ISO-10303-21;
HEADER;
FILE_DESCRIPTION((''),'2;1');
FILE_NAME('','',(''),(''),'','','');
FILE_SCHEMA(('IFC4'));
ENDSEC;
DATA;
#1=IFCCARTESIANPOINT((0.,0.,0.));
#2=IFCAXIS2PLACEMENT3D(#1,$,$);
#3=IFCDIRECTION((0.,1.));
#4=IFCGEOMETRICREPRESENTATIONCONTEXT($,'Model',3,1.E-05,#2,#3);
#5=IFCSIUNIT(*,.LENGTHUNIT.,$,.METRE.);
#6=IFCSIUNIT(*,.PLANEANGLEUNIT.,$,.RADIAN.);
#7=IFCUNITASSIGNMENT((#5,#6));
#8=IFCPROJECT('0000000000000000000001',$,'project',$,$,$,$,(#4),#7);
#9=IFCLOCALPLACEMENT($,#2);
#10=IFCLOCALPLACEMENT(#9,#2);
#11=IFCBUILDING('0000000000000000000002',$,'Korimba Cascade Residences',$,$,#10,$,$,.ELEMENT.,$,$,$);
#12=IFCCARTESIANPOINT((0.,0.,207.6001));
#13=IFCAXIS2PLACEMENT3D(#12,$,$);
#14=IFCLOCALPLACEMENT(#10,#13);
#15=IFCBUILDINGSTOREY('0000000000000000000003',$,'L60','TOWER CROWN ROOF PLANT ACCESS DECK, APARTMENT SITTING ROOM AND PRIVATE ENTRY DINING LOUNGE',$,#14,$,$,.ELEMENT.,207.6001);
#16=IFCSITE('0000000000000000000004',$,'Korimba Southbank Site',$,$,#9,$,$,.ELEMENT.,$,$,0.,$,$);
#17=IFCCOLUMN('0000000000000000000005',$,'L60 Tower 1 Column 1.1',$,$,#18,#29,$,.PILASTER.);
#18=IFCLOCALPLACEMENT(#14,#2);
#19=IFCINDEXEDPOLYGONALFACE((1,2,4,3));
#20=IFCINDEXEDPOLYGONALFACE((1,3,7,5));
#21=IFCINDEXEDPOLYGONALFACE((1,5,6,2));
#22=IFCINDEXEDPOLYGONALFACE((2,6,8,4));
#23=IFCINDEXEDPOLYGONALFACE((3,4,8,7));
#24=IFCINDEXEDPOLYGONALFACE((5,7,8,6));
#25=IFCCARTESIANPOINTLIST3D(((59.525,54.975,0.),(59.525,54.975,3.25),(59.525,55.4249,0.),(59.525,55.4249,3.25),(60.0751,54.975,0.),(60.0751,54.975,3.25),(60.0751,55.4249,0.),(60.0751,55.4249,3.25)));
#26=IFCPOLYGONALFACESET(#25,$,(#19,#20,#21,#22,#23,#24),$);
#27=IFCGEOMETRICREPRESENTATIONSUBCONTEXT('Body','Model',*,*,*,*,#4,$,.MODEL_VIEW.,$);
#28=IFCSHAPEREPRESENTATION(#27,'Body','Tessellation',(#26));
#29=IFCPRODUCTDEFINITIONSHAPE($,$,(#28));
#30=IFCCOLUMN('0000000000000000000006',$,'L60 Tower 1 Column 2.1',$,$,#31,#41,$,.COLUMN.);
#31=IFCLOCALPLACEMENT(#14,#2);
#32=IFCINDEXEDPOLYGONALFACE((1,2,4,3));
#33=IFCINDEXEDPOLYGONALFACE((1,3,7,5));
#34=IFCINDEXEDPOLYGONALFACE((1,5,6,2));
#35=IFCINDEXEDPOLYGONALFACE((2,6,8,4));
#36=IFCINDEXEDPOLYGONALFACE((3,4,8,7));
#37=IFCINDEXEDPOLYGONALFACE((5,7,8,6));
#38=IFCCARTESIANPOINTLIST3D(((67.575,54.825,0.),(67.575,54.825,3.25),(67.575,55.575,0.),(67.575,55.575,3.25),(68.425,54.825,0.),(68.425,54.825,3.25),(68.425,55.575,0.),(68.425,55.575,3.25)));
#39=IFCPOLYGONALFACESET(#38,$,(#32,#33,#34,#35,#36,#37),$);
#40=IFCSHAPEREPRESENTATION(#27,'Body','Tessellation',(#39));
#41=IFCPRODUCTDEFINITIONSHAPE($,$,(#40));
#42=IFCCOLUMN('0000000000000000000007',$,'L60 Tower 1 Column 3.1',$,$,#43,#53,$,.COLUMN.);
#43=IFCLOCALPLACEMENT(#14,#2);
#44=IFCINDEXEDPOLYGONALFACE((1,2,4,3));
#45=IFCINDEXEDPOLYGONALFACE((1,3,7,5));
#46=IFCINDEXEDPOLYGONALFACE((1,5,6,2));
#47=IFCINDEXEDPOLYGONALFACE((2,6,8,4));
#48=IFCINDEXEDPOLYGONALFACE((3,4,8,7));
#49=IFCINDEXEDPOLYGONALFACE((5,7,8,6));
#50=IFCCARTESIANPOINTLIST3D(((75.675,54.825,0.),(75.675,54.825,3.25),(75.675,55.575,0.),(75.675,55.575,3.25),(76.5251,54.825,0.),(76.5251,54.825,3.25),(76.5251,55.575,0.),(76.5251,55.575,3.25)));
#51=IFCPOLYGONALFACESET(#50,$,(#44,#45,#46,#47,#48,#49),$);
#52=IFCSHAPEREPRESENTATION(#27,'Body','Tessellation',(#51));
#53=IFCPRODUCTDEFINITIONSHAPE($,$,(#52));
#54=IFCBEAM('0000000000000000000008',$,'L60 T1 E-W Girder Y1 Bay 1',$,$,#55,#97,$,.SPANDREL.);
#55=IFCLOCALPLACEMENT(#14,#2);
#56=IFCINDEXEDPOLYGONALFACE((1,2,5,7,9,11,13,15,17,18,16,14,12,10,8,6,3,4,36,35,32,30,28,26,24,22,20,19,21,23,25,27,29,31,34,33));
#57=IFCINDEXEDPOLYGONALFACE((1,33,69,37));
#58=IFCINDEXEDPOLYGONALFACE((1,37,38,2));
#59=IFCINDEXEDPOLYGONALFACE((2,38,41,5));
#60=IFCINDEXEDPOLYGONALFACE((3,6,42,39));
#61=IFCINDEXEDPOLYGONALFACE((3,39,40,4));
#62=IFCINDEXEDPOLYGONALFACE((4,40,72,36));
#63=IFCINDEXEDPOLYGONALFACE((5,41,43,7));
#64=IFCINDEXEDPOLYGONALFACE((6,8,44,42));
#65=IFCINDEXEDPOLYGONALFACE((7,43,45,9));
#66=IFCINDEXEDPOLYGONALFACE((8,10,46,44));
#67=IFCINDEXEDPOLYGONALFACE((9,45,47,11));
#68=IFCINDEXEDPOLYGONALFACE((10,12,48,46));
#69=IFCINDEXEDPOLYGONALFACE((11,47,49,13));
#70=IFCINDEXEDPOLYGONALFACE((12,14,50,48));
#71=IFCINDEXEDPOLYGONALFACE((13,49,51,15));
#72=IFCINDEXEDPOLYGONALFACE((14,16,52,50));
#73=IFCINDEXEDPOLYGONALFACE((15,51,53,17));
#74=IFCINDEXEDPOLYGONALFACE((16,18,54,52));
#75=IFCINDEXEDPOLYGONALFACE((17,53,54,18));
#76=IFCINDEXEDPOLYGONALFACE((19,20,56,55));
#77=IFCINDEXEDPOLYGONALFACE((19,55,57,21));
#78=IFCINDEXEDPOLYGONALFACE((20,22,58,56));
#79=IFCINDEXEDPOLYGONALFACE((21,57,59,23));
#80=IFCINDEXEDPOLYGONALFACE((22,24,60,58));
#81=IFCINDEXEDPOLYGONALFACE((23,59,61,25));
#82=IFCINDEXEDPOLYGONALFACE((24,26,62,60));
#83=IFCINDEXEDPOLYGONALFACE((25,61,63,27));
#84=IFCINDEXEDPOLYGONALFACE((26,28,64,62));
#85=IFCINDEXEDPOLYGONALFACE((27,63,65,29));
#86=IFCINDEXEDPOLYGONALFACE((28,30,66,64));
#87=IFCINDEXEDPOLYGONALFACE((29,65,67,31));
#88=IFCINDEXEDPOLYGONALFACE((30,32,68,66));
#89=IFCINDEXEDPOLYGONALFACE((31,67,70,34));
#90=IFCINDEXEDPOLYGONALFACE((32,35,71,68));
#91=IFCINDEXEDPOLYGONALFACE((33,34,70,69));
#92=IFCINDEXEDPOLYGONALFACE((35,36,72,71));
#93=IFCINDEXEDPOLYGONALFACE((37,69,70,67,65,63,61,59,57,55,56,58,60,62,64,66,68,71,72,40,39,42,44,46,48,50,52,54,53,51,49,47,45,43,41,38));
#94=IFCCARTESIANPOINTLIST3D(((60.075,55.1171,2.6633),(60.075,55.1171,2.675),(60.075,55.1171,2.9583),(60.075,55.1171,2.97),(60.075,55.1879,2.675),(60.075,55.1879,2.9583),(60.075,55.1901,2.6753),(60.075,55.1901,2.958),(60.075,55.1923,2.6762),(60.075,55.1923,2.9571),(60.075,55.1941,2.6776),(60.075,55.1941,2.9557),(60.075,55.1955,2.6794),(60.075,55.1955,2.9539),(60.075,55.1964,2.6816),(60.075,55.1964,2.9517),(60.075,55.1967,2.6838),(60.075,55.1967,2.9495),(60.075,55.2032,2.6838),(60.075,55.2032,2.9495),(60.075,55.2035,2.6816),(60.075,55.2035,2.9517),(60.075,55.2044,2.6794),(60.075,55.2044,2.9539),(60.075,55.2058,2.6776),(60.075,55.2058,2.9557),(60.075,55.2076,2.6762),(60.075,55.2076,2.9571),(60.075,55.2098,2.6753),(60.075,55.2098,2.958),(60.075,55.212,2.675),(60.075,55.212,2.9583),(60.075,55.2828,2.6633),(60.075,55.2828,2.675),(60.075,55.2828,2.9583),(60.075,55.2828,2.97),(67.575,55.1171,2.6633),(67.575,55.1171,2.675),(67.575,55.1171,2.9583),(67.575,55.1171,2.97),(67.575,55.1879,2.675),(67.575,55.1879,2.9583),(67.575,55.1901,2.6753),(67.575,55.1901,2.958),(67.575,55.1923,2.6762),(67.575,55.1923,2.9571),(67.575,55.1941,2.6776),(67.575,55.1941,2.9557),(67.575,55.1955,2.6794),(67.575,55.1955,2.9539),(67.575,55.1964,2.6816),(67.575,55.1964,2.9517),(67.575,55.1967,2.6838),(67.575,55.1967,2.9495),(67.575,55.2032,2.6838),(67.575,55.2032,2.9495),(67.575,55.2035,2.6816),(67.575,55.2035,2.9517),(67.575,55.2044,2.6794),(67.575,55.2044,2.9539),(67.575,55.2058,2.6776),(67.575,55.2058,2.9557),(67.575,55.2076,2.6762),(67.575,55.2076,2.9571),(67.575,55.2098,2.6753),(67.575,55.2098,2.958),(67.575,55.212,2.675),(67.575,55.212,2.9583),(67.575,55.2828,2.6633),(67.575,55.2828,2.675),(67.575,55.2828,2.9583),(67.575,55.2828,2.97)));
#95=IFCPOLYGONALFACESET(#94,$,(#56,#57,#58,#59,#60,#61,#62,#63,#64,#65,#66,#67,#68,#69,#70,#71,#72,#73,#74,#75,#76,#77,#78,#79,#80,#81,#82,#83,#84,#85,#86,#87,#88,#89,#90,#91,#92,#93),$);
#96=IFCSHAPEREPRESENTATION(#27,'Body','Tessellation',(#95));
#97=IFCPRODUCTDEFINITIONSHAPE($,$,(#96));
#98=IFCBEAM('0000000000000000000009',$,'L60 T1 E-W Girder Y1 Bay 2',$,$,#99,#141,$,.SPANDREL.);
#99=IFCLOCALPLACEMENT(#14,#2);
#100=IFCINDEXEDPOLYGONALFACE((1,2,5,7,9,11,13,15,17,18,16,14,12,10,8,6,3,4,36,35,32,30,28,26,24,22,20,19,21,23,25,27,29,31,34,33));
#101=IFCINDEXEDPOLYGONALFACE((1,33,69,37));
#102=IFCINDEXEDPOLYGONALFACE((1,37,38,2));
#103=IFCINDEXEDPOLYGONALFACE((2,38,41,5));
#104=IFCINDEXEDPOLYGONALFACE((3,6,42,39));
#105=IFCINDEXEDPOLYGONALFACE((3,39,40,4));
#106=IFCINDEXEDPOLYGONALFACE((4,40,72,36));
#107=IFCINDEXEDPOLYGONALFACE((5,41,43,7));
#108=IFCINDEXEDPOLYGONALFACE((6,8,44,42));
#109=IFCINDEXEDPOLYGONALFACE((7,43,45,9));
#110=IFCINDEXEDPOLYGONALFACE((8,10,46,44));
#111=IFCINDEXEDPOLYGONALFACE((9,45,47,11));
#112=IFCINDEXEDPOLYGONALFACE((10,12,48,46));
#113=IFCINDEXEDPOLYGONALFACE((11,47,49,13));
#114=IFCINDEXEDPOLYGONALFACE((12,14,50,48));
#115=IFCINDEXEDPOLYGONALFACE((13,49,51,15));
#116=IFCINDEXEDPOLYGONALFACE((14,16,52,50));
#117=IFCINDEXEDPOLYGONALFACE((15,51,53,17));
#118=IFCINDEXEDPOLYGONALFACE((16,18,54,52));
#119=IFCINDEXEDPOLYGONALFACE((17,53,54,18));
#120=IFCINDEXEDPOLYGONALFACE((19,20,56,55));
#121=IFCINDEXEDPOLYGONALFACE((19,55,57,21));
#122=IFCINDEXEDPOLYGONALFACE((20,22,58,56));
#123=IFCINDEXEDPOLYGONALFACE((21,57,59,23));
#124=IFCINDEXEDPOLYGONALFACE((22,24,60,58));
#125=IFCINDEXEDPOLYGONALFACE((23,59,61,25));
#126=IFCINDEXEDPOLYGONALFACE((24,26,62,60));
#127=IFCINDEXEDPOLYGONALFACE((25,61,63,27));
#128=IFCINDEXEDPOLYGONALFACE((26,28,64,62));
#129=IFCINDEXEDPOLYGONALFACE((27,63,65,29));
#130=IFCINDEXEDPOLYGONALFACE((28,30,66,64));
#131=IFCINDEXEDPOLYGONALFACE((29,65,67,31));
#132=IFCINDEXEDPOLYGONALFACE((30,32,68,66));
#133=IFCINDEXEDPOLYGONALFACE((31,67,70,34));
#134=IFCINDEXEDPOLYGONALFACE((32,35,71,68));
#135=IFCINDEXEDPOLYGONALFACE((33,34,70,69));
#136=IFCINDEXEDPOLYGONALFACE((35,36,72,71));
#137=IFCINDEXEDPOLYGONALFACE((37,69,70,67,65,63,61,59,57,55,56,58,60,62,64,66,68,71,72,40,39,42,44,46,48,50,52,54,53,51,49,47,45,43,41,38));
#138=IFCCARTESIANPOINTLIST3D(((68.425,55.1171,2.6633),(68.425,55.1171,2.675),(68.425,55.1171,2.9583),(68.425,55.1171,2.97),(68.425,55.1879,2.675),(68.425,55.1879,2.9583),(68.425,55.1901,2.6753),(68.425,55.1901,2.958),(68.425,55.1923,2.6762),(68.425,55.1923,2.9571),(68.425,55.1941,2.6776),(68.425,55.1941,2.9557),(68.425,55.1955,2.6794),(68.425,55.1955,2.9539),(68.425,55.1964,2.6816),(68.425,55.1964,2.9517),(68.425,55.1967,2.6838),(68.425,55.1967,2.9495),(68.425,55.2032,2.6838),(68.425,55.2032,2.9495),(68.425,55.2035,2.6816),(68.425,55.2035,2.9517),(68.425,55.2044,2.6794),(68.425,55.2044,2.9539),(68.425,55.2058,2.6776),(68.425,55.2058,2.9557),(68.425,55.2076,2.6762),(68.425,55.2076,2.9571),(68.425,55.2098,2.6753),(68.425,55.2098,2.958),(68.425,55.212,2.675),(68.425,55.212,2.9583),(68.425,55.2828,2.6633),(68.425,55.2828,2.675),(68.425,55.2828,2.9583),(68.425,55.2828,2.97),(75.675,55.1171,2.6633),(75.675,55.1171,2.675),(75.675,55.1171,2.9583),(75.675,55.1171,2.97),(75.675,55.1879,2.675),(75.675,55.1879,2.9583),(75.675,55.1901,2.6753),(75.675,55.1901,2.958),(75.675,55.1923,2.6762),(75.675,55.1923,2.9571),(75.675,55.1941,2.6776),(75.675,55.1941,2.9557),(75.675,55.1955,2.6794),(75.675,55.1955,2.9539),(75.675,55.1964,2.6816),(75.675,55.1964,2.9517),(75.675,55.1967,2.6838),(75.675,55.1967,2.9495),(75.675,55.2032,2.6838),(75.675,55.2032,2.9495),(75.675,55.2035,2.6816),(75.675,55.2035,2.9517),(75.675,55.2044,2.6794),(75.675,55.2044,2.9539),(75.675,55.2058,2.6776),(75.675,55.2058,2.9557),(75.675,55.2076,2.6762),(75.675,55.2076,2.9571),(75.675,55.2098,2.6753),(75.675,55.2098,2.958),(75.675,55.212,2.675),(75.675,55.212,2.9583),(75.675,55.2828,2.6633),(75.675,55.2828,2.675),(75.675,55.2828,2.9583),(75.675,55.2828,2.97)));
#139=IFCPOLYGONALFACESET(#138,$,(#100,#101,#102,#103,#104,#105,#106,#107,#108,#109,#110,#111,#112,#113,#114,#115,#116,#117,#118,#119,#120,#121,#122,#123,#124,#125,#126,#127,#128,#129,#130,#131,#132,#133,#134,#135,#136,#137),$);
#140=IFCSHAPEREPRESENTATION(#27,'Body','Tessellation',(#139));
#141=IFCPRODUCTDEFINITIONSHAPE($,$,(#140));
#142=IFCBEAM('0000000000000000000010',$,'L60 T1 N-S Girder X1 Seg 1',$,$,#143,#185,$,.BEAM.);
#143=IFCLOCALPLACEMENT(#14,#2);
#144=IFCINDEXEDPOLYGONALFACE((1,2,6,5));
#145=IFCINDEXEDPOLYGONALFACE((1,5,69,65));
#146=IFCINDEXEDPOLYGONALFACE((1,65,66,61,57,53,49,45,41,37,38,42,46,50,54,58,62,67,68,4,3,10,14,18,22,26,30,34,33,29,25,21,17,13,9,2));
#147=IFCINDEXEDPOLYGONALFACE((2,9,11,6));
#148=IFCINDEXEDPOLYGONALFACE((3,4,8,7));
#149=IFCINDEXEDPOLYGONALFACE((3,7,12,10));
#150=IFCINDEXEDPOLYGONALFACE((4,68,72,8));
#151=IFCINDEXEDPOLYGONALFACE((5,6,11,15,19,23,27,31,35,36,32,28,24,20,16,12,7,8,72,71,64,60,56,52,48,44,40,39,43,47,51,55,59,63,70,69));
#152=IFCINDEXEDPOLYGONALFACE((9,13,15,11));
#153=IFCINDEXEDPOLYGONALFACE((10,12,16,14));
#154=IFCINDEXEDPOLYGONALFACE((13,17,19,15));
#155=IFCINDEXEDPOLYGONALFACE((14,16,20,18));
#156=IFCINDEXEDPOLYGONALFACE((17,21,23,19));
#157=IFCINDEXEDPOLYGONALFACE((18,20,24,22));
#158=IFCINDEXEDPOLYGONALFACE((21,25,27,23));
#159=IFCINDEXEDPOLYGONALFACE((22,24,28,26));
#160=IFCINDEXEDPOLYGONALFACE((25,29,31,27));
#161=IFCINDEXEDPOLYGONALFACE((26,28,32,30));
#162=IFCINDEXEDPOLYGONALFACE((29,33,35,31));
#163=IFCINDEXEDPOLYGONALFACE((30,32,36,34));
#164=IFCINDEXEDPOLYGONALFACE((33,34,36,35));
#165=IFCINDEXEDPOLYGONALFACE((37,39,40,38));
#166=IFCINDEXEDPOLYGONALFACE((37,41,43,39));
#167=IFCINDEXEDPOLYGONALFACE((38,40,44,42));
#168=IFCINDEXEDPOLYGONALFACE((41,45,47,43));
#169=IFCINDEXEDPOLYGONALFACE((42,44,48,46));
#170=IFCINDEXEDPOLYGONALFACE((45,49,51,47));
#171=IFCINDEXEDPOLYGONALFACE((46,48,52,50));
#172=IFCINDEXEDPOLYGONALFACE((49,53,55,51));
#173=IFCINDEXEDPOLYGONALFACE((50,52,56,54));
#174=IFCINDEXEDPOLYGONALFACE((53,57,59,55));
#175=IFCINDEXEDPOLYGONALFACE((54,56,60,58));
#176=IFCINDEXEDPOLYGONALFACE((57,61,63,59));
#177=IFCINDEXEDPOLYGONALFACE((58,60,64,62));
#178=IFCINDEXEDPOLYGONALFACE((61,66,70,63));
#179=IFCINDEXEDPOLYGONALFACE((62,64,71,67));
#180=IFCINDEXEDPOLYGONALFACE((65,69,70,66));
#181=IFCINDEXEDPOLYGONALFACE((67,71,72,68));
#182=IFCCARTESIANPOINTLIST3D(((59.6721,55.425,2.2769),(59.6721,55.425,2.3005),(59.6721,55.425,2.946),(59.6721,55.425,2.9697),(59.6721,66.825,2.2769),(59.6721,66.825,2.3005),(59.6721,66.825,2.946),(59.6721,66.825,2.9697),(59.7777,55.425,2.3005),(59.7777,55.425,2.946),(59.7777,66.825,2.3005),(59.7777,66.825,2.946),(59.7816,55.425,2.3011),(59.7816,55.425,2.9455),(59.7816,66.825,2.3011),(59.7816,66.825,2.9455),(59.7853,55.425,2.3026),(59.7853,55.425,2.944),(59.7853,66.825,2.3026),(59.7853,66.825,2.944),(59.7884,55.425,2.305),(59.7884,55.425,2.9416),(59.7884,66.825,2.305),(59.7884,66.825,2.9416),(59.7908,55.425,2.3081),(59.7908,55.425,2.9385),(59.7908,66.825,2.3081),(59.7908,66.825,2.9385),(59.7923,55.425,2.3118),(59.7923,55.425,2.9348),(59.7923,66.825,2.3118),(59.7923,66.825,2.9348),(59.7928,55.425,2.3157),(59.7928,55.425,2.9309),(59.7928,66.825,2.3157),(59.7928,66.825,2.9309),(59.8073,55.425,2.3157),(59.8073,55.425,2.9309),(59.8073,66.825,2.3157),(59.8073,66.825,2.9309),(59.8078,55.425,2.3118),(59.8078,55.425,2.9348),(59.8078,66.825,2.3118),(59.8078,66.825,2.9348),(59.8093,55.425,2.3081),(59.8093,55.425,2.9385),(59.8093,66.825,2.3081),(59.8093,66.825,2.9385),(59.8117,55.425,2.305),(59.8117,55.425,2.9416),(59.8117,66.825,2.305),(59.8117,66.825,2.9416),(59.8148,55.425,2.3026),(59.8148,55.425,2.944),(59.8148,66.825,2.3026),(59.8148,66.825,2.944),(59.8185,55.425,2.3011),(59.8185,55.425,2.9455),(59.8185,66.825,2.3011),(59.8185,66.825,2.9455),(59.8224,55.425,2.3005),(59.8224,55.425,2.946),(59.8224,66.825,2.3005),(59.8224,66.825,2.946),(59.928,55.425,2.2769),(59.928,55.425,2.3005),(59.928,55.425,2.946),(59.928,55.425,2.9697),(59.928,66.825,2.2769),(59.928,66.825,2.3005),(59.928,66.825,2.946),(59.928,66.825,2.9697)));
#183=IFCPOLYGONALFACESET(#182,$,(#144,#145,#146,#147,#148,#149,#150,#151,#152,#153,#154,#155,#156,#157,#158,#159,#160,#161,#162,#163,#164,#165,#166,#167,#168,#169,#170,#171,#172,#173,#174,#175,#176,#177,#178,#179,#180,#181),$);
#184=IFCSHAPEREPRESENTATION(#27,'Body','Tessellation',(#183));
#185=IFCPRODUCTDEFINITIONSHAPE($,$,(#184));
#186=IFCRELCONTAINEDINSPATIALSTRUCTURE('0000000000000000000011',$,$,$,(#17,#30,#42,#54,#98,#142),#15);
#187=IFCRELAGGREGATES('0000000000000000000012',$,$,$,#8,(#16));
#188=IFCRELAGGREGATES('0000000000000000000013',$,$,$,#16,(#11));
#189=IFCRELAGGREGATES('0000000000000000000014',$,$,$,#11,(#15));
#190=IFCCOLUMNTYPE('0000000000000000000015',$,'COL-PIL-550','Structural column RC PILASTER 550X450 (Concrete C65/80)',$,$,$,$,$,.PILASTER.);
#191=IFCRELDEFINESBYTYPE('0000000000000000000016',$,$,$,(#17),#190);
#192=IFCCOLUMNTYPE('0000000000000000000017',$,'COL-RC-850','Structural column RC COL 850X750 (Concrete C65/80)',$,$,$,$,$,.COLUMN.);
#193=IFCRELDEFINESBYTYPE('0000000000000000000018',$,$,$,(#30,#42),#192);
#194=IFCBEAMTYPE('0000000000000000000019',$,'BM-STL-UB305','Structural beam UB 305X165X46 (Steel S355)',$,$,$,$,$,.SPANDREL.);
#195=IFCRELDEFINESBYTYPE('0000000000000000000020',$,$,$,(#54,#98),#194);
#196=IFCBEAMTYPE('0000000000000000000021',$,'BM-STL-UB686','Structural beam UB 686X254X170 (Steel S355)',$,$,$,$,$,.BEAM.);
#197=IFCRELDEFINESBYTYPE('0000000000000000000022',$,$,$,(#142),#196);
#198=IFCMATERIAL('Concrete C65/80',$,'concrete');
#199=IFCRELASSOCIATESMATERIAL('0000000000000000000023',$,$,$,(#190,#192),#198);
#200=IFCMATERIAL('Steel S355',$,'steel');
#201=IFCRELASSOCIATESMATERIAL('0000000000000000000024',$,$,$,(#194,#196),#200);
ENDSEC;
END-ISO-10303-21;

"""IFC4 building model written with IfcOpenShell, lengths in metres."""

from ifc_helpers import new_model, si_unit, direction, frame, origin, origin_2d, place, context, subcontext, project, spatial, rectangle, i_section, extrude, material, material_profile, profile_set, type_object, element, save


model = new_model("IFC4")

# Units and contexts
model_context = context("Model", 3, precision=1e-05, world=origin(), true_north=direction((0.0, 1.0)))
body_context = subcontext(model_context, "Body", "Model", "MODEL_VIEW")
ifc_project = project(units=[si_unit("LENGTHUNIT", "METRE"), si_unit("PLANEANGLEUNIT", "RADIAN")], contexts=[model_context])

# Site, building, storey
site_placement = place(None, origin())
site = spatial("IfcSite", under=ifc_project, at=site_placement, Name="Korimba Southbank Site", CompositionType="ELEMENT", RefElevation=0.0)
building_placement = place(site_placement, origin())
building = spatial("IfcBuilding", under=site, at=building_placement, Name="Korimba Cascade Residences", CompositionType="ELEMENT")
storey_placement = place(building_placement, frame((0.0, 0.0, 207.6001)))
storey = spatial("IfcBuildingStorey", under=building, at=storey_placement, Name="L60", Description="TOWER CROWN ROOF PLANT ACCESS DECK, APARTMENT SITTING ROOM AND PRIVATE ENTRY DINING LOUNGE", CompositionType="ELEMENT", Elevation=207.6001)

# Columns
ifc_material_1 = material(Name="Concrete C65/80", Category="concrete")
ifc_material_profile_1 = material_profile(ifc_material_1, rectangle(XDim=0.55, YDim=0.45, at=origin_2d()), Name="Concrete C65/80")
ifc_profile_set_1 = profile_set([ifc_material_profile_1], Name="Concrete C65/80")
column_type_1 = type_object("IfcColumnType", Name="COL-PIL-550", Description="Structural column RC PILASTER 550X450 (Concrete C65/80)", PredefinedType="PILASTER", material=ifc_profile_set_1)
column_placement = place(storey_placement, frame((59.8, 55.2, 0.0), z_axis=(0.0, 0.0, 1.0), x_axis=(1.0, 0.0, 0.0)))
element("IfcColumn", 1, at=column_placement, inside=storey, type_object=column_type_1, Name="L60 Tower 1 Column 1.1", PredefinedType="PILASTER", context=body_context, shape_type="SweptSolid", body=[
    extrude(rectangle(XDim=0.55, YDim=0.45, at=origin_2d()), origin(), (0.0, 0.0, 1.0), 3.25),
])
ifc_material_profile_2 = material_profile(ifc_material_1, rectangle(XDim=0.8501, YDim=0.75, at=origin_2d()), Name="Concrete C65/80")
ifc_profile_set_2 = profile_set([ifc_material_profile_2], Name="Concrete C65/80")
column_type_2 = type_object("IfcColumnType", Name="COL-RC-850", Description="Structural column RC COL 850X750 (Concrete C65/80)", PredefinedType="COLUMN", material=ifc_profile_set_2)
for number, where, z_axis, x_axis, name in (
    (2, (68.0, 55.2, 0.0), (0.0, 0.0, 1.0), (1.0, 0.0, 0.0), "L60 Tower 1 Column 2.1"),
    (3, (76.1001, 55.2, 0.0), (0.0, 0.0, 1.0), (1.0, 0.0, 0.0), "L60 Tower 1 Column 3.1"),
):
    element("IfcColumn", number, at=place(storey_placement, frame(where, z_axis=z_axis, x_axis=x_axis)), inside=storey, type_object=column_type_2, Name=name, PredefinedType="COLUMN", context=body_context, shape_type="SweptSolid", body=[
        extrude(rectangle(XDim=0.8501, YDim=0.75, at=origin_2d()), origin(), (0.0, 0.0, 1.0), 3.25),
    ])

# Beams
ifc_material_2 = material(Name="Steel S355", Category="steel")
ifc_material_profile_3 = material_profile(ifc_material_2, i_section(OverallWidth=0.1658, OverallDepth=0.3066, WebThickness=0.0066, FlangeThickness=0.0117, FilletRadius=0.0088, at=origin_2d()), Name="Steel S355")
ifc_profile_set_3 = profile_set([ifc_material_profile_3], Name="Steel S355")
beam_type_1 = type_object("IfcBeamType", Name="BM-STL-UB305", Description="Structural beam UB 305X165X46 (Steel S355)", PredefinedType="SPANDREL", material=ifc_profile_set_3)
beam_1_placement = place(storey_placement, frame((60.075, 55.2, 2.8167), z_axis=(1.0, 0.0, 0.0), x_axis=(0.0, 1.0, 0.0)))
element("IfcBeam", 4, at=beam_1_placement, inside=storey, type_object=beam_type_1, Name="L60 T1 E-W Girder Y1 Bay 1", PredefinedType="SPANDREL", context=body_context, shape_type="SweptSolid", body=[
    extrude(i_section(OverallWidth=0.1658, OverallDepth=0.3066, WebThickness=0.0066, FlangeThickness=0.0117, FilletRadius=0.0088, at=origin_2d()), origin(), (0.0, 0.0, 1.0), 7.5),
])
beam_2_placement = place(storey_placement, frame((68.425, 55.2, 2.8167), z_axis=(1.0, 0.0, 0.0), x_axis=(0.0, 1.0, 0.0)))
element("IfcBeam", 5, at=beam_2_placement, inside=storey, type_object=beam_type_1, Name="L60 T1 E-W Girder Y1 Bay 2", PredefinedType="SPANDREL", context=body_context, shape_type="SweptSolid", body=[
    extrude(i_section(OverallWidth=0.1658, OverallDepth=0.3066, WebThickness=0.0066, FlangeThickness=0.0117, FilletRadius=0.0088, at=origin_2d()), origin(), (0.0, 0.0, 1.0), 7.25),
])
ifc_material_profile_4 = material_profile(ifc_material_2, i_section(OverallWidth=0.2559, OverallDepth=0.6929, WebThickness=0.0144, FlangeThickness=0.0237, FilletRadius=0.0151, at=origin_2d()), Name="Steel S355")
ifc_profile_set_4 = profile_set([ifc_material_profile_4], Name="Steel S355")
beam_type_2 = type_object("IfcBeamType", Name="BM-STL-UB686", Description="Structural beam UB 686X254X170 (Steel S355)", PredefinedType="BEAM", material=ifc_profile_set_4)
beam_3_placement = place(storey_placement, frame((59.8, 55.425, 2.6233), z_axis=(0.0, 1.0, 0.0), x_axis=(-1.0, 0.0, 0.0)))
element("IfcBeam", 6, at=beam_3_placement, inside=storey, type_object=beam_type_2, Name="L60 T1 N-S Girder X1 Seg 1", PredefinedType="BEAM", context=body_context, shape_type="SweptSolid", body=[
    extrude(i_section(OverallWidth=0.2559, OverallDepth=0.6929, WebThickness=0.0144, FlangeThickness=0.0237, FilletRadius=0.0151, at=origin_2d()), origin(), (0.0, 0.0, 1.0), 11.3999),
])

save(model, "model.ifc")
